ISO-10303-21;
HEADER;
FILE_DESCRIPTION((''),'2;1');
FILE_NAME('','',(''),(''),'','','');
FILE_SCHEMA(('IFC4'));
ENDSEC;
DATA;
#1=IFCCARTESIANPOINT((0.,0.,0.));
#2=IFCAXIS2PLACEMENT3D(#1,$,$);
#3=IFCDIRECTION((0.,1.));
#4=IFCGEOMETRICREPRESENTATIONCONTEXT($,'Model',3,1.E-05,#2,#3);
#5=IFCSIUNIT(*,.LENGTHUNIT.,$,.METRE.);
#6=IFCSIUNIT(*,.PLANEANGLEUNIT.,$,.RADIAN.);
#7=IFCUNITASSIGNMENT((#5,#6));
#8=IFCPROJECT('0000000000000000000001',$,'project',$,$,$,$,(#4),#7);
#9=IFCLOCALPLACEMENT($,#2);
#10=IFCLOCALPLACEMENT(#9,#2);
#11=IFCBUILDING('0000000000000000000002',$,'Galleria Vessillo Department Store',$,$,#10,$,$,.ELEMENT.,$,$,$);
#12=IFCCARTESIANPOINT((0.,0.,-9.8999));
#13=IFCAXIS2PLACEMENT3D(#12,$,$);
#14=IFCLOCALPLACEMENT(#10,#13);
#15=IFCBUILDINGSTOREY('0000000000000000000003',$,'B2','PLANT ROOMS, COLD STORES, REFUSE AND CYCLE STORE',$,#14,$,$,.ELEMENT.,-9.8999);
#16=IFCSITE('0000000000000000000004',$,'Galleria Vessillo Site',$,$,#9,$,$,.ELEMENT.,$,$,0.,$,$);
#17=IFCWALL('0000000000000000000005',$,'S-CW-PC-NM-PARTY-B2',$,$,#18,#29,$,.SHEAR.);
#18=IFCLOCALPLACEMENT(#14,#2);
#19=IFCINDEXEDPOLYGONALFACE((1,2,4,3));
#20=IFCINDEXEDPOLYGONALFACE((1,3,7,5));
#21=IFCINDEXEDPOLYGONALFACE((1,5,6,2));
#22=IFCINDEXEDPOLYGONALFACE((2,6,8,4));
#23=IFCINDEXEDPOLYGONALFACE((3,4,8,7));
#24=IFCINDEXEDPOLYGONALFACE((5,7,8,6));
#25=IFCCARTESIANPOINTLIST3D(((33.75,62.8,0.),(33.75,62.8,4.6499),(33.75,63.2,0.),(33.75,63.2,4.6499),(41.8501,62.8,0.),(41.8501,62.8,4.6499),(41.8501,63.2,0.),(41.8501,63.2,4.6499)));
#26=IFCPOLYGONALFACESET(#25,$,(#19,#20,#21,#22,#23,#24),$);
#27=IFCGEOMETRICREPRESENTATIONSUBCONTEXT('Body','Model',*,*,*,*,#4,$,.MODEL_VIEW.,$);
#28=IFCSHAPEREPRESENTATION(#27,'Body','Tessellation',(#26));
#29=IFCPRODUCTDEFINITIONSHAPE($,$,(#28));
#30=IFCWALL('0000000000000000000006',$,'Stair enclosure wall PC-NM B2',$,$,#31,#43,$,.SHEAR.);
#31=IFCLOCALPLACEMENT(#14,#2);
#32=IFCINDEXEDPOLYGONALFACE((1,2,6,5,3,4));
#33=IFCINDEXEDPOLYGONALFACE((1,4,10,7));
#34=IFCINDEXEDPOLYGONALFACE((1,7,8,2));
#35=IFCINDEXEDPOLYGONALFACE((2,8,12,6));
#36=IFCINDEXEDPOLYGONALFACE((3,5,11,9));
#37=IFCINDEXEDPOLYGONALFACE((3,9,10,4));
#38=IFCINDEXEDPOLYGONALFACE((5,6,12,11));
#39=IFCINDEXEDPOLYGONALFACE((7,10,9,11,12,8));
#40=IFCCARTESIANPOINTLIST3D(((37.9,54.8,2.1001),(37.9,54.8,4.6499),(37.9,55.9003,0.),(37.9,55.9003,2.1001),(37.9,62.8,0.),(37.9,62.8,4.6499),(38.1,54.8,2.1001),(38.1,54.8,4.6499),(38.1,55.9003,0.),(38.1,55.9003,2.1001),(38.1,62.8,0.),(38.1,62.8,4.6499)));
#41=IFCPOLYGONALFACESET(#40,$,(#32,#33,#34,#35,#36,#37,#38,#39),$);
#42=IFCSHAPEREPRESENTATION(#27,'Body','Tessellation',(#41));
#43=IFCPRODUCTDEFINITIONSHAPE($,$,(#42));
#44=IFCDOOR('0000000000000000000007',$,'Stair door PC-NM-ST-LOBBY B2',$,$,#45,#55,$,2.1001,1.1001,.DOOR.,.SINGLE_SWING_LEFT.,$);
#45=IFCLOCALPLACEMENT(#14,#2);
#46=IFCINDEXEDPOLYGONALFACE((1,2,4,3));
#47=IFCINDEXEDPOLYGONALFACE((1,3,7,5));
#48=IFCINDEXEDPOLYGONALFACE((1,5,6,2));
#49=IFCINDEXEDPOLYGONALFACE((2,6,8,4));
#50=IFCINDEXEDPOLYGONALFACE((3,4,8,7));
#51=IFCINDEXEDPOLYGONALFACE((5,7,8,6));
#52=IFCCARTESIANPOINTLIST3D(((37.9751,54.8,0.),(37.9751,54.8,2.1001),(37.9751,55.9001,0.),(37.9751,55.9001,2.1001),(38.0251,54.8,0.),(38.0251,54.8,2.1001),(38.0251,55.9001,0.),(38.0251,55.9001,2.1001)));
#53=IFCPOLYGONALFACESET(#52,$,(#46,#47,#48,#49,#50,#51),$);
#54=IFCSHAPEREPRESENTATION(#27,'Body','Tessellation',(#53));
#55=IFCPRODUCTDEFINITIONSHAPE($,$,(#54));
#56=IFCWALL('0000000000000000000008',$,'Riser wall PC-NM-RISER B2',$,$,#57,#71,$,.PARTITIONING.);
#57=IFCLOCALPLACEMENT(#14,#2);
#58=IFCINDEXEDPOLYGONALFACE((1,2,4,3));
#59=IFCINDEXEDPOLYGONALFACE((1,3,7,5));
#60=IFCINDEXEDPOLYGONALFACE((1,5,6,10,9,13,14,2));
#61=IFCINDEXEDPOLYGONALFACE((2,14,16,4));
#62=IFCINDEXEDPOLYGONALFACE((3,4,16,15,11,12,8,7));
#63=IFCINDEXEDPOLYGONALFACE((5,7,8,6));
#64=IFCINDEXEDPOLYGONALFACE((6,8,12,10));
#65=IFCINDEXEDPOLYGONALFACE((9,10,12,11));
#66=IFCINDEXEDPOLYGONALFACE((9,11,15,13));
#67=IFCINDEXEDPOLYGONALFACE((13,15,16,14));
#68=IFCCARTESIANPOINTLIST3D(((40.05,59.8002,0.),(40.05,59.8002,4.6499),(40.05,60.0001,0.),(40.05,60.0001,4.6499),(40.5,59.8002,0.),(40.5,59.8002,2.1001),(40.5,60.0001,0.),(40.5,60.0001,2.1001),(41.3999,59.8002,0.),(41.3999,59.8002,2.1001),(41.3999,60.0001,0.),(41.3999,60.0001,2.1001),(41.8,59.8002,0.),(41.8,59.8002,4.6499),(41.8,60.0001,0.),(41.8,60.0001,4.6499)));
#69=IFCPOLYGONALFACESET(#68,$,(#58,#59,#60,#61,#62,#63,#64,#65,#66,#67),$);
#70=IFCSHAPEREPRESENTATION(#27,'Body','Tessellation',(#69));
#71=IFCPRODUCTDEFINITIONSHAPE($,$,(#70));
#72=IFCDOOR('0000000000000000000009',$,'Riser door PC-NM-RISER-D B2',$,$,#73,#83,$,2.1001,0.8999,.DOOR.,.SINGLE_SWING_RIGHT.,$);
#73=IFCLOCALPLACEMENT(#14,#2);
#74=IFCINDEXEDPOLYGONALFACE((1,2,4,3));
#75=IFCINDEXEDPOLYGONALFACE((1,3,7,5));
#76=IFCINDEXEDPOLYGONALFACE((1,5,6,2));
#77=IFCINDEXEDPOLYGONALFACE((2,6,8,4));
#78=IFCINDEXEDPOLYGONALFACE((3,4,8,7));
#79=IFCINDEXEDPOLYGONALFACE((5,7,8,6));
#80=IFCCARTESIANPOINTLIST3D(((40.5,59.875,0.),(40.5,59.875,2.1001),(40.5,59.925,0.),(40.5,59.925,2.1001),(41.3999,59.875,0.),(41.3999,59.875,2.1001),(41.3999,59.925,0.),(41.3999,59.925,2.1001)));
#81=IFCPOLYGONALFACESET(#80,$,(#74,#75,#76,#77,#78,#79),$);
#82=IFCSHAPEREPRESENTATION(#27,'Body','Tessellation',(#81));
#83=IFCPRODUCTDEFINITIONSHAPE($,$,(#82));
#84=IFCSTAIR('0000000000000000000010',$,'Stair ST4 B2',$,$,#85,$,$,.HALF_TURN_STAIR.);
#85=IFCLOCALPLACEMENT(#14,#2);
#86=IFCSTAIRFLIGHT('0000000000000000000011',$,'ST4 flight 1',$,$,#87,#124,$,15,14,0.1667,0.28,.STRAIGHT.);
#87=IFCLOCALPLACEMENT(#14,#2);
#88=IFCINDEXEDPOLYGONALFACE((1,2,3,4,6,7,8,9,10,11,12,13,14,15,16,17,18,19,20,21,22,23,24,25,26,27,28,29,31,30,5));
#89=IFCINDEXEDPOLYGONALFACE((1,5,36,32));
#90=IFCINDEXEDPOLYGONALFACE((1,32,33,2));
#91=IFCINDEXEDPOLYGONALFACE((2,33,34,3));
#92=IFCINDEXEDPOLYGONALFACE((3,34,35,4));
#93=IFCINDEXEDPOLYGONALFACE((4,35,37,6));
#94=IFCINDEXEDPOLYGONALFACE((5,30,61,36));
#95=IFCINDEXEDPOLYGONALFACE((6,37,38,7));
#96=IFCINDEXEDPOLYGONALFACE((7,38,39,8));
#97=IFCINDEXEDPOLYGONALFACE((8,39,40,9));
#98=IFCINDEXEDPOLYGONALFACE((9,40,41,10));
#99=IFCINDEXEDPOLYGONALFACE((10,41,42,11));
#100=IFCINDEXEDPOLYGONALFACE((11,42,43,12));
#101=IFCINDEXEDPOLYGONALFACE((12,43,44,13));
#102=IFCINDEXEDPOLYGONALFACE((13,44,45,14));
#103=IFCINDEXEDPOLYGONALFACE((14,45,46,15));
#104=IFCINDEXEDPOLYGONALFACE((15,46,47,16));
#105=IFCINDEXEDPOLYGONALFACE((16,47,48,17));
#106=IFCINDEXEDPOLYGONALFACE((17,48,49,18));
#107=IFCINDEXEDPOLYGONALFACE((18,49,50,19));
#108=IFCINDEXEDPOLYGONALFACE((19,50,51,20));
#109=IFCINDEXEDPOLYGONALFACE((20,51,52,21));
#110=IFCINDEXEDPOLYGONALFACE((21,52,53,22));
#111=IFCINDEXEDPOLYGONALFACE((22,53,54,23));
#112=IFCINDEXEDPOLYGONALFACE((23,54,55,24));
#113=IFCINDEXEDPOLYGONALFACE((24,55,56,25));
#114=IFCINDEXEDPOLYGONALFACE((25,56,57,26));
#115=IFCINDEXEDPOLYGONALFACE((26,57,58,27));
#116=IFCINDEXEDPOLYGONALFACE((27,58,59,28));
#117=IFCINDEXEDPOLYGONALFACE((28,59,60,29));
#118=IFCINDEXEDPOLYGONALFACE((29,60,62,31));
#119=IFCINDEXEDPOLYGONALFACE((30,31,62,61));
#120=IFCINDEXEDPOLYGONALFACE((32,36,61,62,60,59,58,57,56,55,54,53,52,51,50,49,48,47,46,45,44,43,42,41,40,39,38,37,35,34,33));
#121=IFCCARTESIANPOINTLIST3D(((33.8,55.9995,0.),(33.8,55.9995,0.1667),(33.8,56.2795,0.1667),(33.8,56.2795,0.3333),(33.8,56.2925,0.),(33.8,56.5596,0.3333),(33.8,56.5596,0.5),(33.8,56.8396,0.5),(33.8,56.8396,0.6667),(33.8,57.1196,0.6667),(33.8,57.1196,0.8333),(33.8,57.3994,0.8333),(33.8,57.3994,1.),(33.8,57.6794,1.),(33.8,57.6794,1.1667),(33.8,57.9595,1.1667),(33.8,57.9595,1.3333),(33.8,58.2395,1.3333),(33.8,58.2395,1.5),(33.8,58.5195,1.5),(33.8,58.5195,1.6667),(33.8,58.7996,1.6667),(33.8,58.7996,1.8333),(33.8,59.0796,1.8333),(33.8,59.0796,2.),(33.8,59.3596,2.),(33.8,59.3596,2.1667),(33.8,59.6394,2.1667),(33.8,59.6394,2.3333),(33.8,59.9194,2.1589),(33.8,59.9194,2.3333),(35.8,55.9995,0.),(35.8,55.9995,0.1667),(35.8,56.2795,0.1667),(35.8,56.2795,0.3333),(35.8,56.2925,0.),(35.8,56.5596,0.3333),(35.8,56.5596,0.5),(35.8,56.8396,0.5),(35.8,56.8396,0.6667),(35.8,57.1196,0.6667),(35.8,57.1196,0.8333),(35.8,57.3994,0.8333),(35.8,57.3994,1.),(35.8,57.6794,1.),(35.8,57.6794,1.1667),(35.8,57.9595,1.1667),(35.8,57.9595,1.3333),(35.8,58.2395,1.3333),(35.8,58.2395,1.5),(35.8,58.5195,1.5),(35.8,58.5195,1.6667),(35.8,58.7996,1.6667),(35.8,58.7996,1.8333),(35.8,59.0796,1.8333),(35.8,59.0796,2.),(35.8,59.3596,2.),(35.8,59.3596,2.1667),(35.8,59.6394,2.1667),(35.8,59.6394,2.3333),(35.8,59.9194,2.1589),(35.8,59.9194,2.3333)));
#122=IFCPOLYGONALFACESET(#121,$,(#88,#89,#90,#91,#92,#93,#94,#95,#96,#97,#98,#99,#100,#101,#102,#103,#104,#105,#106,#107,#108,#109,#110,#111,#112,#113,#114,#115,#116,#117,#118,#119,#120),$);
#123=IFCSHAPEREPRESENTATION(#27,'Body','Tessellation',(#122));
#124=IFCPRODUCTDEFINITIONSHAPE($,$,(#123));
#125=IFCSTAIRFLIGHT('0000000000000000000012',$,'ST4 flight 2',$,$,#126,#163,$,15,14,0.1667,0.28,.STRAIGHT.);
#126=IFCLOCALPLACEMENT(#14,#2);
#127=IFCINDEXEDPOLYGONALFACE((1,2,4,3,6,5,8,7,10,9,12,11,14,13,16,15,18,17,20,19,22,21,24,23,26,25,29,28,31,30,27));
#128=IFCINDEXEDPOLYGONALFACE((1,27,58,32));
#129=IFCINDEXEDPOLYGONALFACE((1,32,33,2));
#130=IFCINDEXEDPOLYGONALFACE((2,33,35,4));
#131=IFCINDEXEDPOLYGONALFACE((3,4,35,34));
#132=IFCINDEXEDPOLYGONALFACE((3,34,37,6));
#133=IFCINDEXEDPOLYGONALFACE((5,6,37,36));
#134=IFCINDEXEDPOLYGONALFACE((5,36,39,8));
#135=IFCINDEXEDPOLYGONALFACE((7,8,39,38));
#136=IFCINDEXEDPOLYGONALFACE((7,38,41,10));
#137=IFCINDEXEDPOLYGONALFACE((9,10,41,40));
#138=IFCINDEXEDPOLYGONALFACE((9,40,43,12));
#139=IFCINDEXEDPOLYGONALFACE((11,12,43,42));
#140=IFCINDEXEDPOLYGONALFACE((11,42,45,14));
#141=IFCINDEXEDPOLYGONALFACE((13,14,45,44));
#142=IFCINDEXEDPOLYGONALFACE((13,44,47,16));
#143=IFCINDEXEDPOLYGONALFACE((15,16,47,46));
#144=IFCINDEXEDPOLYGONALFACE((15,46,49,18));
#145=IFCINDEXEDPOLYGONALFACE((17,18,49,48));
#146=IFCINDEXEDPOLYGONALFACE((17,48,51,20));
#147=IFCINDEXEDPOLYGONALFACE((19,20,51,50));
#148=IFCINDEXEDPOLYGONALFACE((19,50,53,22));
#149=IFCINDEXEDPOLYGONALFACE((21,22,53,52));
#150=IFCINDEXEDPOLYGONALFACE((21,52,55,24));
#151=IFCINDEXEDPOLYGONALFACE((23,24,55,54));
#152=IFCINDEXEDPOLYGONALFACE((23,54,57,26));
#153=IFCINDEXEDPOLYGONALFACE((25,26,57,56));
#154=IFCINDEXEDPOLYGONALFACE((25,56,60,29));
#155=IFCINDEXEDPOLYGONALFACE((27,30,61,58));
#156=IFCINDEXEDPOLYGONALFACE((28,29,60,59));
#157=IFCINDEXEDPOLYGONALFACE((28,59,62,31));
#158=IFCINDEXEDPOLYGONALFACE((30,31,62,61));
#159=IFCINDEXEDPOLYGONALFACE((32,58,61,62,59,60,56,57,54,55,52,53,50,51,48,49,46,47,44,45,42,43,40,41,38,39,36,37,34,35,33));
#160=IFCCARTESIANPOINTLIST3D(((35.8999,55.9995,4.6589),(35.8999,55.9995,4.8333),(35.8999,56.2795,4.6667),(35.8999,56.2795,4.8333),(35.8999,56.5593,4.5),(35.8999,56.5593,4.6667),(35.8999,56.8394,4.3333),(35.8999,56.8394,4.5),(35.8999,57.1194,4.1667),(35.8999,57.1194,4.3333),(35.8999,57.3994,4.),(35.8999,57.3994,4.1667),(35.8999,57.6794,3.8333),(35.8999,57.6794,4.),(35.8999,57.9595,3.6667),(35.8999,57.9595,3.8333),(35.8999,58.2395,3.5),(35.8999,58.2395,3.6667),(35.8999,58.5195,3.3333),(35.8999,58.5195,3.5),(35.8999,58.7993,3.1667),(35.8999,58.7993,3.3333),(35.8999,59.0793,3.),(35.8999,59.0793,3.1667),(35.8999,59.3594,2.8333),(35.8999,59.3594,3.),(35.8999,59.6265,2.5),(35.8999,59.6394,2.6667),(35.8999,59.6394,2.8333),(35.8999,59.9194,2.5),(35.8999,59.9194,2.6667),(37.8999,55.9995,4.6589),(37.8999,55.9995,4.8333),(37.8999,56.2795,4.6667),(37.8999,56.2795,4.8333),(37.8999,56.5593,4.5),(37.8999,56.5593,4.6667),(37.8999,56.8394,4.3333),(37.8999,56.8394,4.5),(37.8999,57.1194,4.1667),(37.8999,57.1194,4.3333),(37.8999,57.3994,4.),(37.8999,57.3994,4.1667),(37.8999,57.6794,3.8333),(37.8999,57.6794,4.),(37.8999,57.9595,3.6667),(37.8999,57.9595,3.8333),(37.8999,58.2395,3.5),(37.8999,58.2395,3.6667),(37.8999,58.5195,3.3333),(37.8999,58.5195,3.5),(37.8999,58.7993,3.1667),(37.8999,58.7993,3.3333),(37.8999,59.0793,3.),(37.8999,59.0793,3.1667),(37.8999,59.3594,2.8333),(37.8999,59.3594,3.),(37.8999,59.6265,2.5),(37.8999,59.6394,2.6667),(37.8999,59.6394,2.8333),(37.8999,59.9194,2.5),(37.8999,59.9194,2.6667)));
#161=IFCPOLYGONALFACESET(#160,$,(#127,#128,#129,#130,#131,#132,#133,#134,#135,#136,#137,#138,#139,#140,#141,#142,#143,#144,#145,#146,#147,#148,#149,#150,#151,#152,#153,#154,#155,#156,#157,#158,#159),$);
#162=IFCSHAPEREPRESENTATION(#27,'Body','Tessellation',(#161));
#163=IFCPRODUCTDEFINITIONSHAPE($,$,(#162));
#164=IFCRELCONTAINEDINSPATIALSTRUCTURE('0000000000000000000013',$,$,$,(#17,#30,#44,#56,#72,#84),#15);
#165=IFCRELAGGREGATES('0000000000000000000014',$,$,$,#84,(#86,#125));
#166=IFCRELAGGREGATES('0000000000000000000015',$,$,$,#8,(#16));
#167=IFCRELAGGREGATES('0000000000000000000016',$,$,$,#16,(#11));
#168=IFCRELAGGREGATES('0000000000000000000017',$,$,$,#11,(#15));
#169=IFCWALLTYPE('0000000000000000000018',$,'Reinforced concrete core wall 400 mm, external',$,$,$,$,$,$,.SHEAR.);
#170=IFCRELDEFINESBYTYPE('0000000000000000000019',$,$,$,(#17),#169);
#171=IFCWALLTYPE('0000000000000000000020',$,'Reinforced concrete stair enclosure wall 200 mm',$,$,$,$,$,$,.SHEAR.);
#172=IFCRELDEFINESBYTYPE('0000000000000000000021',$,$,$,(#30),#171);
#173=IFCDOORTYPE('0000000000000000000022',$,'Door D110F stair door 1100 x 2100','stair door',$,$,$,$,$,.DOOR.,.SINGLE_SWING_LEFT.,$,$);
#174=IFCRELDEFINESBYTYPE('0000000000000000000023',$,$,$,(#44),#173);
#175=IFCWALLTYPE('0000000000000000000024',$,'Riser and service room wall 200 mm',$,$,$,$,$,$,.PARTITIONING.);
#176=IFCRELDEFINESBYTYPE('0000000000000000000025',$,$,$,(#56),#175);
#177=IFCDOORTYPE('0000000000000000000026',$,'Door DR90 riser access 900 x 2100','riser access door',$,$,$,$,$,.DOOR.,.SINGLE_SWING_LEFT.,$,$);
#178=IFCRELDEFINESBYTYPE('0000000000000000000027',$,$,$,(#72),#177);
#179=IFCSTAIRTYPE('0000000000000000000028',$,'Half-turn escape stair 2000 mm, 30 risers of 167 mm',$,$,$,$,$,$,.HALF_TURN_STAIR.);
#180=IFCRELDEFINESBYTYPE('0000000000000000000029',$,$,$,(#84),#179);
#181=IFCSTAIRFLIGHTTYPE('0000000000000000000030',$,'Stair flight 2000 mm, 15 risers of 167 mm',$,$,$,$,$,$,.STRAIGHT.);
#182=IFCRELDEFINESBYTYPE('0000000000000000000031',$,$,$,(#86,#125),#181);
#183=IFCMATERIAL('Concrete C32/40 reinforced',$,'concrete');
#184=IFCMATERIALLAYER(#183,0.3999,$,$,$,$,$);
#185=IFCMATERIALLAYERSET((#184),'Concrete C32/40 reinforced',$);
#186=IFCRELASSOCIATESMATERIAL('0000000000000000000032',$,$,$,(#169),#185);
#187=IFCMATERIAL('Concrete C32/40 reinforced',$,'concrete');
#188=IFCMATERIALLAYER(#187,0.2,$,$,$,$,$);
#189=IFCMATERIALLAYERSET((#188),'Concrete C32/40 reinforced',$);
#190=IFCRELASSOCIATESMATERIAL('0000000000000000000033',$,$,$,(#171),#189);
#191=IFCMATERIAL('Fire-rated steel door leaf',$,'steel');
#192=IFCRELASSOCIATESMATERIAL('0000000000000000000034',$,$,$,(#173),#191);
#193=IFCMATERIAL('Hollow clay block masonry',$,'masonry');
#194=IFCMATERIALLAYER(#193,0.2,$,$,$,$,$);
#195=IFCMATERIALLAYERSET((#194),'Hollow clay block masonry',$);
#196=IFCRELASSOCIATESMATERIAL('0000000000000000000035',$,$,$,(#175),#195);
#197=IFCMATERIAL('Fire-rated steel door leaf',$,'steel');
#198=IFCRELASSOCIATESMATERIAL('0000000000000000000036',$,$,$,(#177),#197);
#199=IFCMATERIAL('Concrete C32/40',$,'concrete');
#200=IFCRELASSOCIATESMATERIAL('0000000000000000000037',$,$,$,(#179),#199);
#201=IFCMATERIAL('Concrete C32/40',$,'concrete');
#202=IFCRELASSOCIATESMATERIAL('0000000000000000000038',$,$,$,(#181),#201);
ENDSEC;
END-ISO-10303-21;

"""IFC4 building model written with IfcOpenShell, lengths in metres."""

from ifc_helpers import new_model, si_unit, direction, frame, frame_2d, origin, place, context, subcontext, project, spatial, polyline, rectangle, outline, extrude, material, layer, layer_set, type_object, element, fill, aggregate, save


model = new_model("IFC4")

# Units and contexts
model_context = context("Model", 3, precision=1e-05, world=origin(), true_north=direction((0.0, 1.0)))
body_context = subcontext(model_context, "Body", "Model", "MODEL_VIEW")
ifc_project = project(units=[si_unit("LENGTHUNIT", "METRE"), si_unit("PLANEANGLEUNIT", "RADIAN")], contexts=[model_context])

# Site, building, storey
site_placement = place(None, origin())
site = spatial("IfcSite", under=ifc_project, at=site_placement, Name="Galleria Vessillo Site", CompositionType="ELEMENT", RefElevation=0.0)
building_placement = place(site_placement, origin())
building = spatial("IfcBuilding", under=site, at=building_placement, Name="Galleria Vessillo Department Store", CompositionType="ELEMENT")
storey_placement = place(building_placement, frame((0.0, 0.0, -9.8999)))
storey = spatial("IfcBuildingStorey", under=building, at=storey_placement, Name="B2", Description="PLANT ROOMS, COLD STORES, REFUSE AND CYCLE STORE", CompositionType="ELEMENT", Elevation=-9.8999)

# Wall
ifc_material_1 = material(Name="Concrete C32/40 reinforced", Category="concrete")
ifc_layer_1 = layer(ifc_material_1, 0.3999)
ifc_layer_set_1 = layer_set([ifc_layer_1], Name="Concrete C32/40 reinforced")
wall_type_1 = type_object("IfcWallType", Name="Reinforced concrete core wall 400 mm, external", PredefinedType="SHEAR", material=ifc_layer_set_1)
wall_1_placement = place(storey_placement, frame((33.75, 63.0, 0.0), z_axis=(0.0, 0.0, 1.0), x_axis=(1.0, 0.0, 0.0)))
element("IfcWall", 1, at=wall_1_placement, inside=storey, type_object=wall_type_1, Name="S-CW-PC-NM-PARTY-B2", PredefinedType="SHEAR", context=body_context, shape_type="SweptSolid", body=[
    extrude(rectangle(XDim=8.1001, YDim=0.3999, at=frame_2d((4.05, 0.0))), origin(), (0.0, 0.0, 1.0), 4.6499),
])

# Walls, openings, doors
ifc_material_2 = material(Name="Concrete C32/40 reinforced", Category="concrete")
ifc_layer_2 = layer(ifc_material_2, 0.2)
ifc_layer_set_2 = layer_set([ifc_layer_2], Name="Concrete C32/40 reinforced")
wall_type_2 = type_object("IfcWallType", Name="Reinforced concrete stair enclosure wall 200 mm", PredefinedType="SHEAR", material=ifc_layer_set_2)
wall_2_placement = place(storey_placement, frame((38.0, 62.8, 0.0), z_axis=(0.0, 0.0, 1.0), x_axis=(0.0, -1.0, 0.0)))
wall_2 = element("IfcWall", 2, at=wall_2_placement, inside=storey, type_object=wall_type_2, Name="Stair enclosure wall PC-NM B2", PredefinedType="SHEAR", context=body_context, shape_type="SweptSolid", body=[
    extrude(rectangle(XDim=8.0, YDim=0.2, at=frame_2d((4.0, 0.0))), origin(), (0.0, 0.0, 1.0), 4.6499),
])
opening_1_placement = place(wall_2_placement, frame((6.8999, 0.0, 0.0)))
opening_1 = element("IfcOpeningElement", 3, at=opening_1_placement, cuts=wall_2, PredefinedType="OPENING", context=body_context, shape_type="SweptSolid", body=[
    extrude(rectangle(XDim=1.1101, YDim=2.1001, at=frame_2d((0.5549, 1.05))), frame((0.0, 0.1099, 0.0), z_axis=(0.0, -1.0, 0.0), x_axis=(1.0, 0.0, 0.0)), (0.0, 0.0, 1.0), 0.22),
])
ifc_material_3 = material(Name="Fire-rated steel door leaf", Category="steel")
door_type_1 = type_object("IfcDoorType", Name="Door D110F stair door 1100 x 2100", Description="stair door", OperationType="SINGLE_SWING_LEFT", PredefinedType="DOOR", material=ifc_material_3)
door_1_placement = place(opening_1_placement, frame((1.1001, 0.0, 0.0), z_axis=(0.0, 0.0, 1.0), x_axis=(-1.0, 0.0, 0.0)))
door_1 = element("IfcDoor", 4, at=door_1_placement, inside=storey, type_object=door_type_1, Name="Stair door PC-NM-ST-LOBBY B2", OperationType="SINGLE_SWING_LEFT", OverallHeight=2.1001, OverallWidth=1.1001, PredefinedType="DOOR", context=body_context, shape_type="SweptSolid", body=[
    extrude(rectangle(XDim=1.1001, YDim=2.1001, at=frame_2d((0.55, 1.05))), frame((0.0, 0.0249, 0.0), z_axis=(0.0, -1.0, 0.0), x_axis=(1.0, 0.0, 0.0)), (0.0, 0.0, 1.0), 0.05),
])
fill(opening_1, door_1)
ifc_material_4 = material(Name="Hollow clay block masonry", Category="masonry")
ifc_layer_3 = layer(ifc_material_4, 0.2)
ifc_layer_set_3 = layer_set([ifc_layer_3], Name="Hollow clay block masonry")
wall_type_3 = type_object("IfcWallType", Name="Riser and service room wall 200 mm", PredefinedType="PARTITIONING", material=ifc_layer_set_3)
wall_3_placement = place(storey_placement, frame((40.05, 59.9001, 0.0), z_axis=(0.0, 0.0, 1.0), x_axis=(1.0, 0.0, 0.0)))
wall_3 = element("IfcWall", 5, at=wall_3_placement, inside=storey, type_object=wall_type_3, Name="Riser wall PC-NM-RISER B2", PredefinedType="PARTITIONING", context=body_context, shape_type="SweptSolid", body=[
    extrude(rectangle(XDim=1.75, YDim=0.2, at=frame_2d((0.875, 0.0))), origin(), (0.0, 0.0, 1.0), 4.6499),
])
opening_2_placement = place(wall_3_placement, frame((0.45, 0.0, 0.0)))
opening_2 = element("IfcOpeningElement", 6, at=opening_2_placement, cuts=wall_3, PredefinedType="OPENING", context=body_context, shape_type="SweptSolid", body=[
    extrude(rectangle(XDim=0.8999, YDim=2.1001, at=frame_2d((0.45, 1.05))), frame((0.0, 0.1099, 0.0), z_axis=(0.0, -1.0, 0.0), x_axis=(1.0, 0.0, 0.0)), (0.0, 0.0, 1.0), 0.22),
])
ifc_material_5 = material(Name="Fire-rated steel door leaf", Category="steel")
door_type_2 = type_object("IfcDoorType", Name="Door DR90 riser access 900 x 2100", Description="riser access door", OperationType="SINGLE_SWING_LEFT", PredefinedType="DOOR", material=ifc_material_5)
door_2_placement = place(opening_2_placement, origin())
door_2 = element("IfcDoor", 7, at=door_2_placement, inside=storey, type_object=door_type_2, Name="Riser door PC-NM-RISER-D B2", OperationType="SINGLE_SWING_RIGHT", OverallHeight=2.1001, OverallWidth=0.8999, PredefinedType="DOOR", context=body_context, shape_type="SweptSolid", body=[
    extrude(rectangle(XDim=0.8999, YDim=2.1001, at=frame_2d((0.45, 1.05))), frame((0.0, 0.0249, 0.0), z_axis=(0.0, -1.0, 0.0), x_axis=(1.0, 0.0, 0.0)), (0.0, 0.0, 1.0), 0.05),
])
fill(opening_2, door_2)

# Stair, stair flights
ifc_material_6 = material(Name="Concrete C32/40", Category="concrete")
stair_type = type_object("IfcStairType", Name="Half-turn escape stair 2000 mm, 30 risers of 167 mm", PredefinedType="HALF_TURN_STAIR", material=ifc_material_6)
stair_placement = place(storey_placement, origin())
stair = element("IfcStair", 8, at=stair_placement, inside=storey, type_object=stair_type, Name="Stair ST4 B2", PredefinedType="HALF_TURN_STAIR")
ifc_material_7 = material(Name="Concrete C32/40", Category="concrete")
stair_flight_type = type_object("IfcStairFlightType", Name="Stair flight 2000 mm, 15 risers of 167 mm", PredefinedType="STRAIGHT", material=ifc_material_7)
stair_flight_1_placement = place(storey_placement, frame((34.8, 55.9995, 0.0), z_axis=(0.0, 0.0, 1.0), x_axis=(0.0, 1.0, 0.0)))
stair_flight_1 = element("IfcStairFlight", 9, at=stair_flight_1_placement, type_object=stair_flight_type, Name="ST4 flight 1", NumberOfRisers=15, NumberOfTreads=14, PredefinedType="STRAIGHT", RiserHeight=0.1667, TreadLength=0.28, context=body_context, shape_type="SweptSolid", body=[
    extrude(outline(polyline([(0.0, 0.0), (0.0, 0.1667), (0.28, 0.1667), (0.28, 0.3333), (0.5601, 0.3333), (0.5601, 0.5), (0.8401, 0.5), (0.8401, 0.6667), (1.1201, 0.6667), (1.1201, 0.8333), (1.3999, 0.8333), (1.3999, 1.0), (1.6799, 1.0), (1.6799, 1.1667), (1.96, 1.1667), (1.96, 1.3333), (2.24, 1.3333), (2.24, 1.5), (2.52, 1.5), (2.52, 1.6667), (2.8, 1.6667), (2.8, 1.8333), (3.0801, 1.8333), (3.0801, 2.0), (3.3601, 2.0), (3.3601, 2.1667), (3.6399, 2.1667), (3.6399, 2.3333), (3.9199, 2.3333), (3.9199, 2.5), (3.9199, 2.1589), (0.293, 0.0), (0.0, 0.0)])), frame((0.0, 1.0, 0.0), z_axis=(0.0, -1.0, 0.0), x_axis=(1.0, 0.0, 0.0)), (0.0, 0.0, 1.0), 2.0),
])
stair_flight_2_placement = place(storey_placement, frame((36.8999, 59.9194, 2.5), z_axis=(0.0, 0.0, 1.0), x_axis=(0.0, -1.0, 0.0)))
stair_flight_2 = element("IfcStairFlight", 10, at=stair_flight_2_placement, type_object=stair_flight_type, Name="ST4 flight 2", NumberOfRisers=15, NumberOfTreads=14, PredefinedType="STRAIGHT", RiserHeight=0.1667, TreadLength=0.28, context=body_context, shape_type="SweptSolid", body=[
    extrude(outline(polyline([(0.0, 0.0), (0.0, 0.1667), (0.28, 0.1667), (0.28, 0.3333), (0.5601, 0.3333), (0.5601, 0.5), (0.8401, 0.5), (0.8401, 0.6667), (1.1201, 0.6667), (1.1201, 0.8333), (1.3999, 0.8333), (1.3999, 1.0), (1.6799, 1.0), (1.6799, 1.1667), (1.96, 1.1667), (1.96, 1.3333), (2.24, 1.3333), (2.24, 1.5), (2.52, 1.5), (2.52, 1.6667), (2.8, 1.6667), (2.8, 1.8333), (3.0801, 1.8333), (3.0801, 2.0), (3.3601, 2.0), (3.3601, 2.1667), (3.6399, 2.1667), (3.6399, 2.3333), (3.9199, 2.3333), (3.9199, 2.5), (3.9199, 2.1589), (0.293, 0.0), (0.0, 0.0)])), frame((0.0, 1.0, 0.0), z_axis=(0.0, -1.0, 0.0), x_axis=(1.0, 0.0, 0.0)), (0.0, 0.0, 1.0), 2.0),
])
aggregate(stair, [stair_flight_1, stair_flight_2])

save(model, "model.ifc")
